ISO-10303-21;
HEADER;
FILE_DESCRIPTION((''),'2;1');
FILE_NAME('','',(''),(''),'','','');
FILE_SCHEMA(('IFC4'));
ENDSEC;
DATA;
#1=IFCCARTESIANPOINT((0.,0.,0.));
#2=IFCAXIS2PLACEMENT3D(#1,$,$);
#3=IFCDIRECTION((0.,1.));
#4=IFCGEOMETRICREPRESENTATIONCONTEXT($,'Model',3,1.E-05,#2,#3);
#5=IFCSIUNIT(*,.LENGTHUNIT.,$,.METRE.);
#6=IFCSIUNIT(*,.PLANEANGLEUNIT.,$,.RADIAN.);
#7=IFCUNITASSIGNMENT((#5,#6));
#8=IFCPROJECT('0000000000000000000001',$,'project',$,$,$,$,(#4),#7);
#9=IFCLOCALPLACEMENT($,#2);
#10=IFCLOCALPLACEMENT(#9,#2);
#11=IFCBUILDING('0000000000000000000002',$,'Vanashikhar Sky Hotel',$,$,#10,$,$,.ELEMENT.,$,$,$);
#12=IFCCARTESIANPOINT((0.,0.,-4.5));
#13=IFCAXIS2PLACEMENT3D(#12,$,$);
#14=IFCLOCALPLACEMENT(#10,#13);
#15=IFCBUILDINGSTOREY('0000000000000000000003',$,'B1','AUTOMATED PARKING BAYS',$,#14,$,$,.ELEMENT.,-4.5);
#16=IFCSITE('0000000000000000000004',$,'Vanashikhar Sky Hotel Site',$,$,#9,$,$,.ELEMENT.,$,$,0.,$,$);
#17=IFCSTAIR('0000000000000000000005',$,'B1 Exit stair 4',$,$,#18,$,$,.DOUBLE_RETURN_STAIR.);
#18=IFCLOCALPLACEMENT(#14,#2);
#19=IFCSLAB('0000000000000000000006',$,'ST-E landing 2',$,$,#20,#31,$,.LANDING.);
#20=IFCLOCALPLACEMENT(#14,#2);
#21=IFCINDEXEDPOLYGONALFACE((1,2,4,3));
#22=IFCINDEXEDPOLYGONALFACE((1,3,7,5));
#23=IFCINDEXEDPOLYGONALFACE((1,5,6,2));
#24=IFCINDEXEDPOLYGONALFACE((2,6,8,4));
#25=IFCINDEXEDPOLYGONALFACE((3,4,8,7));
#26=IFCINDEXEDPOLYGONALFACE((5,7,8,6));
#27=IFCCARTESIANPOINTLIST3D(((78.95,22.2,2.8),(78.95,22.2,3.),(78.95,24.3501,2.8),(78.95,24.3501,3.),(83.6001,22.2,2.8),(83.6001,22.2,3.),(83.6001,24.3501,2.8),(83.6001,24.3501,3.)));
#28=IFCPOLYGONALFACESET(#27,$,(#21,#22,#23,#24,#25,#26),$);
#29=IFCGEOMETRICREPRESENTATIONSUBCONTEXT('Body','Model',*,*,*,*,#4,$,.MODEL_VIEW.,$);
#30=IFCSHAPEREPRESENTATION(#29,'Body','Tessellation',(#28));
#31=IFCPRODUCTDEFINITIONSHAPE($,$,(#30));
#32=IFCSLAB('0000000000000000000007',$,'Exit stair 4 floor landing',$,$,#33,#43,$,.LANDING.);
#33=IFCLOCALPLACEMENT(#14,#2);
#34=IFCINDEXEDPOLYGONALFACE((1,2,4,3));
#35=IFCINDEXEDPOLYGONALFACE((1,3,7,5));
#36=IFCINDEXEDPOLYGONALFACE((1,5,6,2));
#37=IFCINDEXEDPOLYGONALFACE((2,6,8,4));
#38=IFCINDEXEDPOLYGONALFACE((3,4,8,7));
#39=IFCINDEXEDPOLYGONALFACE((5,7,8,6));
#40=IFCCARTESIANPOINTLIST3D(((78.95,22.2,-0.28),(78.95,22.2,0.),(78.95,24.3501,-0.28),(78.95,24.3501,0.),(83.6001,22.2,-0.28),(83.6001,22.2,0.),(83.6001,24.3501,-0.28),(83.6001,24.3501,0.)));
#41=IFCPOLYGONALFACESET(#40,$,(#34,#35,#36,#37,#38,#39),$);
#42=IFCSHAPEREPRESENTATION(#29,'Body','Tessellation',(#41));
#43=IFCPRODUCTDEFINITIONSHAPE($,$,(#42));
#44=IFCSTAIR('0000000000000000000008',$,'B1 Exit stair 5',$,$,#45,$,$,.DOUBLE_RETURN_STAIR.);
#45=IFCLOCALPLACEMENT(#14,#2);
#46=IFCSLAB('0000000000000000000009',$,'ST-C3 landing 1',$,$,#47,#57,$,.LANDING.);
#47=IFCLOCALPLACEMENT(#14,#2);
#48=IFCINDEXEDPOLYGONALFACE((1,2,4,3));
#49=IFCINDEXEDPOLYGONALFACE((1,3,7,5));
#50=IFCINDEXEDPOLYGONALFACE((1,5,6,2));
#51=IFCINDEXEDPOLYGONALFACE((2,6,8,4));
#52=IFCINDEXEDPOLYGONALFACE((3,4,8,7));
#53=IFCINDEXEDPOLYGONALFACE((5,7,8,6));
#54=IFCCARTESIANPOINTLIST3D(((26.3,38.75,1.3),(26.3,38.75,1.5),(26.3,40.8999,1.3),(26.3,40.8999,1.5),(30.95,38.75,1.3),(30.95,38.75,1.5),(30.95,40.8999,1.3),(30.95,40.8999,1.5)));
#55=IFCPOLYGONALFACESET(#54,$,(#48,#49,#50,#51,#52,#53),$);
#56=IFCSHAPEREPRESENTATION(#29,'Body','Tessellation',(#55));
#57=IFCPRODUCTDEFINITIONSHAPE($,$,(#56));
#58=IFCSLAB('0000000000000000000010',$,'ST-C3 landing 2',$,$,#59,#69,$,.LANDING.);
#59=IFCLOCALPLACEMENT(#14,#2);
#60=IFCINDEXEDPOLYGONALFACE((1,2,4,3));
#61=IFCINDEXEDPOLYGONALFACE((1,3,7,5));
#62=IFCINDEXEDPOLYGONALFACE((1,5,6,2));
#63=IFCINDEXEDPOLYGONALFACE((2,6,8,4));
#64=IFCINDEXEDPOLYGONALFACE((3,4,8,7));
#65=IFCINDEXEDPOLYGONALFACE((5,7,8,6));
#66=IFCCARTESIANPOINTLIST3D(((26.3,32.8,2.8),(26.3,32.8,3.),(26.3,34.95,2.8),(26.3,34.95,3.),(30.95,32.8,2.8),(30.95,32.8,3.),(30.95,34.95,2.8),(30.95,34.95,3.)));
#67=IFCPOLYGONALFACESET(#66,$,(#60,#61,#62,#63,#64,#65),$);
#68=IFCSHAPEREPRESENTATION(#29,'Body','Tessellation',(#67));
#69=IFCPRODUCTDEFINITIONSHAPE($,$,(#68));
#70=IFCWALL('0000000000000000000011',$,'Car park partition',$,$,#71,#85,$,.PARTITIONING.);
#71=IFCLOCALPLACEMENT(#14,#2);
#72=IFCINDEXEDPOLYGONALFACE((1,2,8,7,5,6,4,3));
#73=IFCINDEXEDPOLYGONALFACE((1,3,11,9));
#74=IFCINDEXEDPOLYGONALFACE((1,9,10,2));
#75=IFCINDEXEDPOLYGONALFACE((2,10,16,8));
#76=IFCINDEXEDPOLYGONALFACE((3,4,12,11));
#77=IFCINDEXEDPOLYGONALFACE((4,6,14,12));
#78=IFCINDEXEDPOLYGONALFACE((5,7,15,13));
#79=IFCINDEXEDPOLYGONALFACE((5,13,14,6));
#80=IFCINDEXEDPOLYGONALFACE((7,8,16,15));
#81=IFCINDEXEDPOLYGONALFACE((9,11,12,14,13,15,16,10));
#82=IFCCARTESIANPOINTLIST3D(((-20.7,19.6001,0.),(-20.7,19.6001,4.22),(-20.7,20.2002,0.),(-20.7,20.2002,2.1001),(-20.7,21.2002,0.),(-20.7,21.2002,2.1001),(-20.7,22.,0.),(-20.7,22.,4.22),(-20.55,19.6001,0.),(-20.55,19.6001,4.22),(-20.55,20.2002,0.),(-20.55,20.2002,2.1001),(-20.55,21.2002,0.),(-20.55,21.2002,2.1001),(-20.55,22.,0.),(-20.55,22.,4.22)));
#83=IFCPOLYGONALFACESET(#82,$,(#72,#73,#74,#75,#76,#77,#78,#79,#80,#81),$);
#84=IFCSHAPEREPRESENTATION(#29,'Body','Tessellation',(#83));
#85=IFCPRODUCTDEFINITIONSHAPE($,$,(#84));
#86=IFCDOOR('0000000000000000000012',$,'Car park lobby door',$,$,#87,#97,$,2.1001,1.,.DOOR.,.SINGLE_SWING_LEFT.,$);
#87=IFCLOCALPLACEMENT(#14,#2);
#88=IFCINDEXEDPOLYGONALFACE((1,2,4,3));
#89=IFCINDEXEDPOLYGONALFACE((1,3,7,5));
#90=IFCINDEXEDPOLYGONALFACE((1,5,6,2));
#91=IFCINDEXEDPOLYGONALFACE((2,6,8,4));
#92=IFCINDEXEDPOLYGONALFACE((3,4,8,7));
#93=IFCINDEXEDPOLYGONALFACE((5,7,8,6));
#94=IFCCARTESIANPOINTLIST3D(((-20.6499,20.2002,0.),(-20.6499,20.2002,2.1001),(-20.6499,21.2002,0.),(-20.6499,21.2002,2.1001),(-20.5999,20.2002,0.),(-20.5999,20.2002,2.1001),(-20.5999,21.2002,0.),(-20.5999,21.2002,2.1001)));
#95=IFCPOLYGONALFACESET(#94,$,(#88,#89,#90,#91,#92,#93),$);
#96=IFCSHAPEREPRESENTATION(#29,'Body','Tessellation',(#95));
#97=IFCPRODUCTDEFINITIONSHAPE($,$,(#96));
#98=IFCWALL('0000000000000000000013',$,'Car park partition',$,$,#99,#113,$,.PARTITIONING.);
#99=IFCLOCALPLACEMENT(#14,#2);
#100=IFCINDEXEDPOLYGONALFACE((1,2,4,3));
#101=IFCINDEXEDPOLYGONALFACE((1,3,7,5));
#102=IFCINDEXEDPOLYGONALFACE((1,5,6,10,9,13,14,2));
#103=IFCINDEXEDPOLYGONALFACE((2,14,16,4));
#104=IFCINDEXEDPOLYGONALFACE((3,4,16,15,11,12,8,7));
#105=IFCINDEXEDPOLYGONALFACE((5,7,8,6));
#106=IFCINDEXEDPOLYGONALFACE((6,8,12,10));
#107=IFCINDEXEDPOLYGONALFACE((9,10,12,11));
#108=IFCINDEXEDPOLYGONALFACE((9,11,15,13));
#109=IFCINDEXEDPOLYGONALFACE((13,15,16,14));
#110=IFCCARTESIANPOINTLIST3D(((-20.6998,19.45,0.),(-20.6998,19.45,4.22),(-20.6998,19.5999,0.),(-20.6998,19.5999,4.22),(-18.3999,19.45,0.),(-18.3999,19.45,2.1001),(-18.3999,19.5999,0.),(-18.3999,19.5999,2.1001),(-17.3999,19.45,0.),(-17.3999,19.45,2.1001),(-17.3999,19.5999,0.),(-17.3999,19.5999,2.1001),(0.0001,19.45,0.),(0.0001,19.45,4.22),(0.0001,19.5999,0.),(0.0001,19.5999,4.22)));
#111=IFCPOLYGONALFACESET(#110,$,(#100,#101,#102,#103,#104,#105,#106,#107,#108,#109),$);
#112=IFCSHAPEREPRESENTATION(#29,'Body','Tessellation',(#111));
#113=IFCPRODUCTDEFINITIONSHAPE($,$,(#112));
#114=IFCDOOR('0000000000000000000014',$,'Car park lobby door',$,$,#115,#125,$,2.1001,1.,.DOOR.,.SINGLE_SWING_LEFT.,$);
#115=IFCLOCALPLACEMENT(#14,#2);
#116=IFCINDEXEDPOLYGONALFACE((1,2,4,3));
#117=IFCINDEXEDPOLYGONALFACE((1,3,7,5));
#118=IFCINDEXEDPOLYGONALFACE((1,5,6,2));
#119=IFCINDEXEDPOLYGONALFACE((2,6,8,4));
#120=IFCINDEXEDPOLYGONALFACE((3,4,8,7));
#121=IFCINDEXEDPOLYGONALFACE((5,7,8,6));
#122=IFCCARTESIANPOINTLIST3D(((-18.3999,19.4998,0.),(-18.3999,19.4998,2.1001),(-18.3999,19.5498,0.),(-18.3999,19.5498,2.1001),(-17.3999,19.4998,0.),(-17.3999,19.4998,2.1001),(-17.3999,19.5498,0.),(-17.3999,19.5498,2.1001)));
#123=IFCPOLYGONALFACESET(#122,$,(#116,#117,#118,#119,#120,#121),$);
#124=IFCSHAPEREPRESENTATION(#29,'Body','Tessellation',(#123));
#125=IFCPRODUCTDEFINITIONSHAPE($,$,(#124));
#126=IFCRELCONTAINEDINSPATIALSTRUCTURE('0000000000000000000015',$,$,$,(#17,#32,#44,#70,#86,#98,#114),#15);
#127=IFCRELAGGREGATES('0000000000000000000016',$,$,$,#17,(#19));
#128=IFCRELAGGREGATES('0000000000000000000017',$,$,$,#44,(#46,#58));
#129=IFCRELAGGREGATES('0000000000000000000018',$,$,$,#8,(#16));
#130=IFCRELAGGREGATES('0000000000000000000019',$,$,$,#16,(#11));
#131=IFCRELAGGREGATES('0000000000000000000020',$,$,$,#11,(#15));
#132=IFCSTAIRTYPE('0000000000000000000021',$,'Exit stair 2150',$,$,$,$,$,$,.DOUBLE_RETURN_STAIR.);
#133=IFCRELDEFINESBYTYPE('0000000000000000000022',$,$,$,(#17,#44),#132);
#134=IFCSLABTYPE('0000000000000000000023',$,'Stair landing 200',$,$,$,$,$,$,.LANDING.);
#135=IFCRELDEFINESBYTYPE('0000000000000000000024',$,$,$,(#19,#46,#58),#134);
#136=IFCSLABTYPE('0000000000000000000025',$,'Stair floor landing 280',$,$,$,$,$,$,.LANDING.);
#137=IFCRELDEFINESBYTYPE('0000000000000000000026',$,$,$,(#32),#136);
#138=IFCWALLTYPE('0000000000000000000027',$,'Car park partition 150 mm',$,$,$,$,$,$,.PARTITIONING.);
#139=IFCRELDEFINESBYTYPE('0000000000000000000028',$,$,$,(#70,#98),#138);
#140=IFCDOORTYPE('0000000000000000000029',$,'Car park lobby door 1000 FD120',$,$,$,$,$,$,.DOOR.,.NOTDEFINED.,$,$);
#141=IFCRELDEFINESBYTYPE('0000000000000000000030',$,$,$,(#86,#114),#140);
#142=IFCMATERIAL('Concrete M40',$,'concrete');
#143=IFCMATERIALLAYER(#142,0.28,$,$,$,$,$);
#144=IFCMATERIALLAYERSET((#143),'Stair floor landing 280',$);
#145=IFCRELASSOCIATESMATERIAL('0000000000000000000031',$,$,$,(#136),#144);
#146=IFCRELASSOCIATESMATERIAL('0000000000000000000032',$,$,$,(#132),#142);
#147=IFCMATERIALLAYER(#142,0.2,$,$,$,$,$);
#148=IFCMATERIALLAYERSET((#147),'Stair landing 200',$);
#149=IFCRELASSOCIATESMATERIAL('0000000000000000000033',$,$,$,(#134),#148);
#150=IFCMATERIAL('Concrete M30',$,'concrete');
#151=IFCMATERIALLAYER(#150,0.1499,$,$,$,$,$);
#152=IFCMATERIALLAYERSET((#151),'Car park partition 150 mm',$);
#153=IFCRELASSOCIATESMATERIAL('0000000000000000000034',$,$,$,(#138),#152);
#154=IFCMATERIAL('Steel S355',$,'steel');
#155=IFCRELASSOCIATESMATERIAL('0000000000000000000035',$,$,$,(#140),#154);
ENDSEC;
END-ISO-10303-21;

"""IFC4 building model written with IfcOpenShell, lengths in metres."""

from ifc_helpers import new_model, si_unit, direction, frame, frame_2d, origin, place, context, subcontext, project, spatial, polyline, rectangle, outline, extrude, source, transform, mapped, material, layer, layer_set, type_object, element, fill, aggregate, save


model = new_model("IFC4")

# Units and contexts
model_context = context("Model", 3, precision=1e-05, world=origin(), true_north=direction((0.0, 1.0)))
body_context = subcontext(model_context, "Body", "Model", "MODEL_VIEW")
ifc_project = project(units=[si_unit("LENGTHUNIT", "METRE"), si_unit("PLANEANGLEUNIT", "RADIAN")], contexts=[model_context])

# Site, building, storey
site_placement = place(None, origin())
site = spatial("IfcSite", under=ifc_project, at=site_placement, Name="Vanashikhar Sky Hotel Site", CompositionType="ELEMENT", RefElevation=0.0)
building_placement = place(site_placement, origin())
building = spatial("IfcBuilding", under=site, at=building_placement, Name="Vanashikhar Sky Hotel", CompositionType="ELEMENT")
storey_placement = place(building_placement, frame((0.0, 0.0, -4.5)))
storey = spatial("IfcBuildingStorey", under=building, at=storey_placement, Name="B1", Description="AUTOMATED PARKING BAYS", CompositionType="ELEMENT", Elevation=-4.5)

# Shared definitions
ifc_material_1 = material(Name="Concrete M40", Category="concrete")
ifc_layer_1 = layer(ifc_material_1, 0.28)
ifc_layer_set_1 = layer_set([ifc_layer_1], Name="Stair floor landing 280")
slab_type_1 = type_object("IfcSlabType", Name="Stair floor landing 280", PredefinedType="LANDING", material=ifc_layer_set_1)

# Shared definitions
stair_type = type_object("IfcStairType", Name="Exit stair 2150", PredefinedType="DOUBLE_RETURN_STAIR", material=ifc_material_1)
ifc_layer_2 = layer(ifc_material_1, 0.2)
ifc_layer_set_2 = layer_set([ifc_layer_2], Name="Stair landing 200")
slab_type_2 = type_object("IfcSlabType", Name="Stair landing 200", PredefinedType="LANDING", material=ifc_layer_set_2)

# Stair, slab
stair_1_placement = place(storey_placement, origin())
stair_1 = element("IfcStair", 1, at=stair_1_placement, inside=storey, type_object=stair_type, Name="B1 Exit stair 4", PredefinedType="DOUBLE_RETURN_STAIR")
shared_shape_1 = source(origin(), body_context, "Body", "SweptSolid", [
    extrude(outline(polyline([(83.6001, 22.2), (83.6001, 24.3501), (78.95, 24.3501), (78.95, 22.2), (83.6001, 22.2)])), origin(), (0.0, 0.0, 1.0), 0.2),
])
slab_1_placement = place(storey_placement, frame((0.0, 0.0, 2.8)))
slab_1 = element("IfcSlab", 2, at=slab_1_placement, type_object=slab_type_2, Name="ST-E landing 2", PredefinedType="LANDING", context=body_context, shape_type="MappedRepresentation", body=[
    mapped(shared_shape_1, transform((0.0, 0.0, 0.0), scale=1.0)),
])
aggregate(stair_1, [slab_1])

# Slab
shared_shape_2 = source(origin(), body_context, "Body", "SweptSolid", [
    extrude(outline(polyline([(83.6001, 22.2), (83.6001, 24.3501), (78.95, 24.3501), (78.95, 22.2), (83.6001, 22.2)])), origin(), (0.0, 0.0, 1.0), 0.28),
])
slab_2_placement = place(storey_placement, frame((0.0, 0.0, -0.28)))
element("IfcSlab", 3, at=slab_2_placement, inside=storey, type_object=slab_type_1, Name="Exit stair 4 floor landing", PredefinedType="LANDING", context=body_context, shape_type="MappedRepresentation", body=[
    mapped(shared_shape_2, transform((0.0, 0.0, 0.0), scale=1.0)),
])

# Stair, slabs
stair_2_placement = place(storey_placement, origin())
stair_2 = element("IfcStair", 4, at=stair_2_placement, inside=storey, type_object=stair_type, Name="B1 Exit stair 5", PredefinedType="DOUBLE_RETURN_STAIR")
shared_shape_3 = source(origin(), body_context, "Body", "SweptSolid", [
    extrude(outline(polyline([(30.95, 38.75), (30.95, 40.8999), (26.3, 40.8999), (26.3, 38.75), (30.95, 38.75)])), origin(), (0.0, 0.0, 1.0), 0.2),
])
slab_3_placement = place(storey_placement, frame((0.0, 0.0, 1.3)))
slab_3 = element("IfcSlab", 5, at=slab_3_placement, type_object=slab_type_2, Name="ST-C3 landing 1", PredefinedType="LANDING", context=body_context, shape_type="MappedRepresentation", body=[
    mapped(shared_shape_3, transform((0.0, 0.0, 0.0), scale=1.0)),
])
shared_shape_4 = source(origin(), body_context, "Body", "SweptSolid", [
    extrude(outline(polyline([(30.95, 32.8), (30.95, 34.95), (26.3, 34.95), (26.3, 32.8), (30.95, 32.8)])), origin(), (0.0, 0.0, 1.0), 0.2),
])
slab_4_placement = place(storey_placement, frame((0.0, 0.0, 2.8)))
slab_4 = element("IfcSlab", 6, at=slab_4_placement, type_object=slab_type_2, Name="ST-C3 landing 2", PredefinedType="LANDING", context=body_context, shape_type="MappedRepresentation", body=[
    mapped(shared_shape_4, transform((0.0, 0.0, 0.0), scale=1.0)),
])
aggregate(stair_2, [slab_3, slab_4])

# Walls, openings, doors
ifc_material_2 = material(Name="Concrete M30", Category="concrete")
ifc_layer_3 = layer(ifc_material_2, 0.1499)
ifc_layer_set_3 = layer_set([ifc_layer_3], Name="Car park partition 150 mm")
wall_type = type_object("IfcWallType", Name="Car park partition 150 mm", PredefinedType="PARTITIONING", material=ifc_layer_set_3)
shared_shape_5 = source(origin(), body_context, "Body", "SweptSolid", [
    extrude(rectangle(XDim=2.3999, YDim=0.1499, at=frame_2d((1.2, 0.0))), origin(), (0.0, 0.0, 1.0), 4.22),
])
wall_1_placement = place(storey_placement, frame((-20.625, 19.6001, 0.0), z_axis=(0.0, 0.0, 1.0), x_axis=(0.0, 1.0, 0.0)))
wall_1 = element("IfcWall", 7, at=wall_1_placement, inside=storey, type_object=wall_type, Name="Car park partition", PredefinedType="PARTITIONING", context=body_context, shape_type="MappedRepresentation", body=[
    mapped(shared_shape_5, transform((0.0, 0.0, 0.0), scale=1.0)),
])
shared_shape_6 = source(origin(), body_context, "Body", "SweptSolid", [
    extrude(rectangle(XDim=1.0, YDim=2.1001, at=frame_2d((0.5, 1.05))), frame((0.0, 0.085, 0.0), z_axis=(0.0, -1.0, 0.0), x_axis=(1.0, 0.0, 0.0)), (0.0, 0.0, 1.0), 0.1699),
])
opening_1_placement = place(wall_1_placement, frame((0.6001, 0.0, 0.0)))
opening_1 = element("IfcOpeningElement", 8, at=opening_1_placement, cuts=wall_1, PredefinedType="OPENING", context=body_context, shape_type="MappedRepresentation", body=[
    mapped(shared_shape_6, transform((0.0, 0.0, 0.0), scale=1.0)),
])
ifc_material_3 = material(Name="Steel S355", Category="steel")
door_type = type_object("IfcDoorType", Name="Car park lobby door 1000 FD120", OperationType="NOTDEFINED", PredefinedType="DOOR", material=ifc_material_3)
shared_shape_7 = source(origin(), body_context, "Body", "SweptSolid", [
    extrude(rectangle(XDim=1.0, YDim=2.1001, at=frame_2d((0.5, 1.05))), frame((0.0, 0.0249, 0.0), z_axis=(0.0, -1.0, 0.0), x_axis=(1.0, 0.0, 0.0)), (0.0, 0.0, 1.0), 0.05),
])
door_1_placement = place(opening_1_placement, origin())
door_1 = element("IfcDoor", 9, at=door_1_placement, inside=storey, type_object=door_type, Name="Car park lobby door", OperationType="SINGLE_SWING_LEFT", OverallHeight=2.1001, OverallWidth=1.0, PredefinedType="DOOR", context=body_context, shape_type="MappedRepresentation", body=[
    mapped(shared_shape_7, transform((0.0, 0.0, 0.0), scale=1.0)),
])
fill(opening_1, door_1)
shared_shape_8 = source(origin(), body_context, "Body", "SweptSolid", [
    extrude(rectangle(XDim=20.7, YDim=0.1499, at=frame_2d((10.3501, 0.0))), origin(), (0.0, 0.0, 1.0), 4.22),
])
wall_2_placement = place(storey_placement, frame((-20.7, 19.5249, 0.0), z_axis=(0.0, 0.0, 1.0), x_axis=(1.0, 0.0, 0.0)))
wall_2 = element("IfcWall", 10, at=wall_2_placement, inside=storey, type_object=wall_type, Name="Car park partition", PredefinedType="PARTITIONING", context=body_context, shape_type="MappedRepresentation", body=[
    mapped(shared_shape_8, transform((0.0, 0.0, 0.0), scale=1.0)),
])
opening_2_placement = place(wall_2_placement, frame((2.3, 0.0, 0.0)))
opening_2 = element("IfcOpeningElement", 11, at=opening_2_placement, cuts=wall_2, PredefinedType="OPENING", context=body_context, shape_type="MappedRepresentation", body=[
    mapped(shared_shape_6, transform((0.0, 0.0, 0.0), scale=1.0)),
])
door_2_placement = place(opening_2_placement, origin())
door_2 = element("IfcDoor", 12, at=door_2_placement, inside=storey, type_object=door_type, Name="Car park lobby door", OperationType="SINGLE_SWING_LEFT", OverallHeight=2.1001, OverallWidth=1.0, PredefinedType="DOOR", context=body_context, shape_type="MappedRepresentation", body=[
    mapped(shared_shape_7, transform((0.0, 0.0, 0.0), scale=1.0)),
])
fill(opening_2, door_2)

save(model, "model.ifc")
